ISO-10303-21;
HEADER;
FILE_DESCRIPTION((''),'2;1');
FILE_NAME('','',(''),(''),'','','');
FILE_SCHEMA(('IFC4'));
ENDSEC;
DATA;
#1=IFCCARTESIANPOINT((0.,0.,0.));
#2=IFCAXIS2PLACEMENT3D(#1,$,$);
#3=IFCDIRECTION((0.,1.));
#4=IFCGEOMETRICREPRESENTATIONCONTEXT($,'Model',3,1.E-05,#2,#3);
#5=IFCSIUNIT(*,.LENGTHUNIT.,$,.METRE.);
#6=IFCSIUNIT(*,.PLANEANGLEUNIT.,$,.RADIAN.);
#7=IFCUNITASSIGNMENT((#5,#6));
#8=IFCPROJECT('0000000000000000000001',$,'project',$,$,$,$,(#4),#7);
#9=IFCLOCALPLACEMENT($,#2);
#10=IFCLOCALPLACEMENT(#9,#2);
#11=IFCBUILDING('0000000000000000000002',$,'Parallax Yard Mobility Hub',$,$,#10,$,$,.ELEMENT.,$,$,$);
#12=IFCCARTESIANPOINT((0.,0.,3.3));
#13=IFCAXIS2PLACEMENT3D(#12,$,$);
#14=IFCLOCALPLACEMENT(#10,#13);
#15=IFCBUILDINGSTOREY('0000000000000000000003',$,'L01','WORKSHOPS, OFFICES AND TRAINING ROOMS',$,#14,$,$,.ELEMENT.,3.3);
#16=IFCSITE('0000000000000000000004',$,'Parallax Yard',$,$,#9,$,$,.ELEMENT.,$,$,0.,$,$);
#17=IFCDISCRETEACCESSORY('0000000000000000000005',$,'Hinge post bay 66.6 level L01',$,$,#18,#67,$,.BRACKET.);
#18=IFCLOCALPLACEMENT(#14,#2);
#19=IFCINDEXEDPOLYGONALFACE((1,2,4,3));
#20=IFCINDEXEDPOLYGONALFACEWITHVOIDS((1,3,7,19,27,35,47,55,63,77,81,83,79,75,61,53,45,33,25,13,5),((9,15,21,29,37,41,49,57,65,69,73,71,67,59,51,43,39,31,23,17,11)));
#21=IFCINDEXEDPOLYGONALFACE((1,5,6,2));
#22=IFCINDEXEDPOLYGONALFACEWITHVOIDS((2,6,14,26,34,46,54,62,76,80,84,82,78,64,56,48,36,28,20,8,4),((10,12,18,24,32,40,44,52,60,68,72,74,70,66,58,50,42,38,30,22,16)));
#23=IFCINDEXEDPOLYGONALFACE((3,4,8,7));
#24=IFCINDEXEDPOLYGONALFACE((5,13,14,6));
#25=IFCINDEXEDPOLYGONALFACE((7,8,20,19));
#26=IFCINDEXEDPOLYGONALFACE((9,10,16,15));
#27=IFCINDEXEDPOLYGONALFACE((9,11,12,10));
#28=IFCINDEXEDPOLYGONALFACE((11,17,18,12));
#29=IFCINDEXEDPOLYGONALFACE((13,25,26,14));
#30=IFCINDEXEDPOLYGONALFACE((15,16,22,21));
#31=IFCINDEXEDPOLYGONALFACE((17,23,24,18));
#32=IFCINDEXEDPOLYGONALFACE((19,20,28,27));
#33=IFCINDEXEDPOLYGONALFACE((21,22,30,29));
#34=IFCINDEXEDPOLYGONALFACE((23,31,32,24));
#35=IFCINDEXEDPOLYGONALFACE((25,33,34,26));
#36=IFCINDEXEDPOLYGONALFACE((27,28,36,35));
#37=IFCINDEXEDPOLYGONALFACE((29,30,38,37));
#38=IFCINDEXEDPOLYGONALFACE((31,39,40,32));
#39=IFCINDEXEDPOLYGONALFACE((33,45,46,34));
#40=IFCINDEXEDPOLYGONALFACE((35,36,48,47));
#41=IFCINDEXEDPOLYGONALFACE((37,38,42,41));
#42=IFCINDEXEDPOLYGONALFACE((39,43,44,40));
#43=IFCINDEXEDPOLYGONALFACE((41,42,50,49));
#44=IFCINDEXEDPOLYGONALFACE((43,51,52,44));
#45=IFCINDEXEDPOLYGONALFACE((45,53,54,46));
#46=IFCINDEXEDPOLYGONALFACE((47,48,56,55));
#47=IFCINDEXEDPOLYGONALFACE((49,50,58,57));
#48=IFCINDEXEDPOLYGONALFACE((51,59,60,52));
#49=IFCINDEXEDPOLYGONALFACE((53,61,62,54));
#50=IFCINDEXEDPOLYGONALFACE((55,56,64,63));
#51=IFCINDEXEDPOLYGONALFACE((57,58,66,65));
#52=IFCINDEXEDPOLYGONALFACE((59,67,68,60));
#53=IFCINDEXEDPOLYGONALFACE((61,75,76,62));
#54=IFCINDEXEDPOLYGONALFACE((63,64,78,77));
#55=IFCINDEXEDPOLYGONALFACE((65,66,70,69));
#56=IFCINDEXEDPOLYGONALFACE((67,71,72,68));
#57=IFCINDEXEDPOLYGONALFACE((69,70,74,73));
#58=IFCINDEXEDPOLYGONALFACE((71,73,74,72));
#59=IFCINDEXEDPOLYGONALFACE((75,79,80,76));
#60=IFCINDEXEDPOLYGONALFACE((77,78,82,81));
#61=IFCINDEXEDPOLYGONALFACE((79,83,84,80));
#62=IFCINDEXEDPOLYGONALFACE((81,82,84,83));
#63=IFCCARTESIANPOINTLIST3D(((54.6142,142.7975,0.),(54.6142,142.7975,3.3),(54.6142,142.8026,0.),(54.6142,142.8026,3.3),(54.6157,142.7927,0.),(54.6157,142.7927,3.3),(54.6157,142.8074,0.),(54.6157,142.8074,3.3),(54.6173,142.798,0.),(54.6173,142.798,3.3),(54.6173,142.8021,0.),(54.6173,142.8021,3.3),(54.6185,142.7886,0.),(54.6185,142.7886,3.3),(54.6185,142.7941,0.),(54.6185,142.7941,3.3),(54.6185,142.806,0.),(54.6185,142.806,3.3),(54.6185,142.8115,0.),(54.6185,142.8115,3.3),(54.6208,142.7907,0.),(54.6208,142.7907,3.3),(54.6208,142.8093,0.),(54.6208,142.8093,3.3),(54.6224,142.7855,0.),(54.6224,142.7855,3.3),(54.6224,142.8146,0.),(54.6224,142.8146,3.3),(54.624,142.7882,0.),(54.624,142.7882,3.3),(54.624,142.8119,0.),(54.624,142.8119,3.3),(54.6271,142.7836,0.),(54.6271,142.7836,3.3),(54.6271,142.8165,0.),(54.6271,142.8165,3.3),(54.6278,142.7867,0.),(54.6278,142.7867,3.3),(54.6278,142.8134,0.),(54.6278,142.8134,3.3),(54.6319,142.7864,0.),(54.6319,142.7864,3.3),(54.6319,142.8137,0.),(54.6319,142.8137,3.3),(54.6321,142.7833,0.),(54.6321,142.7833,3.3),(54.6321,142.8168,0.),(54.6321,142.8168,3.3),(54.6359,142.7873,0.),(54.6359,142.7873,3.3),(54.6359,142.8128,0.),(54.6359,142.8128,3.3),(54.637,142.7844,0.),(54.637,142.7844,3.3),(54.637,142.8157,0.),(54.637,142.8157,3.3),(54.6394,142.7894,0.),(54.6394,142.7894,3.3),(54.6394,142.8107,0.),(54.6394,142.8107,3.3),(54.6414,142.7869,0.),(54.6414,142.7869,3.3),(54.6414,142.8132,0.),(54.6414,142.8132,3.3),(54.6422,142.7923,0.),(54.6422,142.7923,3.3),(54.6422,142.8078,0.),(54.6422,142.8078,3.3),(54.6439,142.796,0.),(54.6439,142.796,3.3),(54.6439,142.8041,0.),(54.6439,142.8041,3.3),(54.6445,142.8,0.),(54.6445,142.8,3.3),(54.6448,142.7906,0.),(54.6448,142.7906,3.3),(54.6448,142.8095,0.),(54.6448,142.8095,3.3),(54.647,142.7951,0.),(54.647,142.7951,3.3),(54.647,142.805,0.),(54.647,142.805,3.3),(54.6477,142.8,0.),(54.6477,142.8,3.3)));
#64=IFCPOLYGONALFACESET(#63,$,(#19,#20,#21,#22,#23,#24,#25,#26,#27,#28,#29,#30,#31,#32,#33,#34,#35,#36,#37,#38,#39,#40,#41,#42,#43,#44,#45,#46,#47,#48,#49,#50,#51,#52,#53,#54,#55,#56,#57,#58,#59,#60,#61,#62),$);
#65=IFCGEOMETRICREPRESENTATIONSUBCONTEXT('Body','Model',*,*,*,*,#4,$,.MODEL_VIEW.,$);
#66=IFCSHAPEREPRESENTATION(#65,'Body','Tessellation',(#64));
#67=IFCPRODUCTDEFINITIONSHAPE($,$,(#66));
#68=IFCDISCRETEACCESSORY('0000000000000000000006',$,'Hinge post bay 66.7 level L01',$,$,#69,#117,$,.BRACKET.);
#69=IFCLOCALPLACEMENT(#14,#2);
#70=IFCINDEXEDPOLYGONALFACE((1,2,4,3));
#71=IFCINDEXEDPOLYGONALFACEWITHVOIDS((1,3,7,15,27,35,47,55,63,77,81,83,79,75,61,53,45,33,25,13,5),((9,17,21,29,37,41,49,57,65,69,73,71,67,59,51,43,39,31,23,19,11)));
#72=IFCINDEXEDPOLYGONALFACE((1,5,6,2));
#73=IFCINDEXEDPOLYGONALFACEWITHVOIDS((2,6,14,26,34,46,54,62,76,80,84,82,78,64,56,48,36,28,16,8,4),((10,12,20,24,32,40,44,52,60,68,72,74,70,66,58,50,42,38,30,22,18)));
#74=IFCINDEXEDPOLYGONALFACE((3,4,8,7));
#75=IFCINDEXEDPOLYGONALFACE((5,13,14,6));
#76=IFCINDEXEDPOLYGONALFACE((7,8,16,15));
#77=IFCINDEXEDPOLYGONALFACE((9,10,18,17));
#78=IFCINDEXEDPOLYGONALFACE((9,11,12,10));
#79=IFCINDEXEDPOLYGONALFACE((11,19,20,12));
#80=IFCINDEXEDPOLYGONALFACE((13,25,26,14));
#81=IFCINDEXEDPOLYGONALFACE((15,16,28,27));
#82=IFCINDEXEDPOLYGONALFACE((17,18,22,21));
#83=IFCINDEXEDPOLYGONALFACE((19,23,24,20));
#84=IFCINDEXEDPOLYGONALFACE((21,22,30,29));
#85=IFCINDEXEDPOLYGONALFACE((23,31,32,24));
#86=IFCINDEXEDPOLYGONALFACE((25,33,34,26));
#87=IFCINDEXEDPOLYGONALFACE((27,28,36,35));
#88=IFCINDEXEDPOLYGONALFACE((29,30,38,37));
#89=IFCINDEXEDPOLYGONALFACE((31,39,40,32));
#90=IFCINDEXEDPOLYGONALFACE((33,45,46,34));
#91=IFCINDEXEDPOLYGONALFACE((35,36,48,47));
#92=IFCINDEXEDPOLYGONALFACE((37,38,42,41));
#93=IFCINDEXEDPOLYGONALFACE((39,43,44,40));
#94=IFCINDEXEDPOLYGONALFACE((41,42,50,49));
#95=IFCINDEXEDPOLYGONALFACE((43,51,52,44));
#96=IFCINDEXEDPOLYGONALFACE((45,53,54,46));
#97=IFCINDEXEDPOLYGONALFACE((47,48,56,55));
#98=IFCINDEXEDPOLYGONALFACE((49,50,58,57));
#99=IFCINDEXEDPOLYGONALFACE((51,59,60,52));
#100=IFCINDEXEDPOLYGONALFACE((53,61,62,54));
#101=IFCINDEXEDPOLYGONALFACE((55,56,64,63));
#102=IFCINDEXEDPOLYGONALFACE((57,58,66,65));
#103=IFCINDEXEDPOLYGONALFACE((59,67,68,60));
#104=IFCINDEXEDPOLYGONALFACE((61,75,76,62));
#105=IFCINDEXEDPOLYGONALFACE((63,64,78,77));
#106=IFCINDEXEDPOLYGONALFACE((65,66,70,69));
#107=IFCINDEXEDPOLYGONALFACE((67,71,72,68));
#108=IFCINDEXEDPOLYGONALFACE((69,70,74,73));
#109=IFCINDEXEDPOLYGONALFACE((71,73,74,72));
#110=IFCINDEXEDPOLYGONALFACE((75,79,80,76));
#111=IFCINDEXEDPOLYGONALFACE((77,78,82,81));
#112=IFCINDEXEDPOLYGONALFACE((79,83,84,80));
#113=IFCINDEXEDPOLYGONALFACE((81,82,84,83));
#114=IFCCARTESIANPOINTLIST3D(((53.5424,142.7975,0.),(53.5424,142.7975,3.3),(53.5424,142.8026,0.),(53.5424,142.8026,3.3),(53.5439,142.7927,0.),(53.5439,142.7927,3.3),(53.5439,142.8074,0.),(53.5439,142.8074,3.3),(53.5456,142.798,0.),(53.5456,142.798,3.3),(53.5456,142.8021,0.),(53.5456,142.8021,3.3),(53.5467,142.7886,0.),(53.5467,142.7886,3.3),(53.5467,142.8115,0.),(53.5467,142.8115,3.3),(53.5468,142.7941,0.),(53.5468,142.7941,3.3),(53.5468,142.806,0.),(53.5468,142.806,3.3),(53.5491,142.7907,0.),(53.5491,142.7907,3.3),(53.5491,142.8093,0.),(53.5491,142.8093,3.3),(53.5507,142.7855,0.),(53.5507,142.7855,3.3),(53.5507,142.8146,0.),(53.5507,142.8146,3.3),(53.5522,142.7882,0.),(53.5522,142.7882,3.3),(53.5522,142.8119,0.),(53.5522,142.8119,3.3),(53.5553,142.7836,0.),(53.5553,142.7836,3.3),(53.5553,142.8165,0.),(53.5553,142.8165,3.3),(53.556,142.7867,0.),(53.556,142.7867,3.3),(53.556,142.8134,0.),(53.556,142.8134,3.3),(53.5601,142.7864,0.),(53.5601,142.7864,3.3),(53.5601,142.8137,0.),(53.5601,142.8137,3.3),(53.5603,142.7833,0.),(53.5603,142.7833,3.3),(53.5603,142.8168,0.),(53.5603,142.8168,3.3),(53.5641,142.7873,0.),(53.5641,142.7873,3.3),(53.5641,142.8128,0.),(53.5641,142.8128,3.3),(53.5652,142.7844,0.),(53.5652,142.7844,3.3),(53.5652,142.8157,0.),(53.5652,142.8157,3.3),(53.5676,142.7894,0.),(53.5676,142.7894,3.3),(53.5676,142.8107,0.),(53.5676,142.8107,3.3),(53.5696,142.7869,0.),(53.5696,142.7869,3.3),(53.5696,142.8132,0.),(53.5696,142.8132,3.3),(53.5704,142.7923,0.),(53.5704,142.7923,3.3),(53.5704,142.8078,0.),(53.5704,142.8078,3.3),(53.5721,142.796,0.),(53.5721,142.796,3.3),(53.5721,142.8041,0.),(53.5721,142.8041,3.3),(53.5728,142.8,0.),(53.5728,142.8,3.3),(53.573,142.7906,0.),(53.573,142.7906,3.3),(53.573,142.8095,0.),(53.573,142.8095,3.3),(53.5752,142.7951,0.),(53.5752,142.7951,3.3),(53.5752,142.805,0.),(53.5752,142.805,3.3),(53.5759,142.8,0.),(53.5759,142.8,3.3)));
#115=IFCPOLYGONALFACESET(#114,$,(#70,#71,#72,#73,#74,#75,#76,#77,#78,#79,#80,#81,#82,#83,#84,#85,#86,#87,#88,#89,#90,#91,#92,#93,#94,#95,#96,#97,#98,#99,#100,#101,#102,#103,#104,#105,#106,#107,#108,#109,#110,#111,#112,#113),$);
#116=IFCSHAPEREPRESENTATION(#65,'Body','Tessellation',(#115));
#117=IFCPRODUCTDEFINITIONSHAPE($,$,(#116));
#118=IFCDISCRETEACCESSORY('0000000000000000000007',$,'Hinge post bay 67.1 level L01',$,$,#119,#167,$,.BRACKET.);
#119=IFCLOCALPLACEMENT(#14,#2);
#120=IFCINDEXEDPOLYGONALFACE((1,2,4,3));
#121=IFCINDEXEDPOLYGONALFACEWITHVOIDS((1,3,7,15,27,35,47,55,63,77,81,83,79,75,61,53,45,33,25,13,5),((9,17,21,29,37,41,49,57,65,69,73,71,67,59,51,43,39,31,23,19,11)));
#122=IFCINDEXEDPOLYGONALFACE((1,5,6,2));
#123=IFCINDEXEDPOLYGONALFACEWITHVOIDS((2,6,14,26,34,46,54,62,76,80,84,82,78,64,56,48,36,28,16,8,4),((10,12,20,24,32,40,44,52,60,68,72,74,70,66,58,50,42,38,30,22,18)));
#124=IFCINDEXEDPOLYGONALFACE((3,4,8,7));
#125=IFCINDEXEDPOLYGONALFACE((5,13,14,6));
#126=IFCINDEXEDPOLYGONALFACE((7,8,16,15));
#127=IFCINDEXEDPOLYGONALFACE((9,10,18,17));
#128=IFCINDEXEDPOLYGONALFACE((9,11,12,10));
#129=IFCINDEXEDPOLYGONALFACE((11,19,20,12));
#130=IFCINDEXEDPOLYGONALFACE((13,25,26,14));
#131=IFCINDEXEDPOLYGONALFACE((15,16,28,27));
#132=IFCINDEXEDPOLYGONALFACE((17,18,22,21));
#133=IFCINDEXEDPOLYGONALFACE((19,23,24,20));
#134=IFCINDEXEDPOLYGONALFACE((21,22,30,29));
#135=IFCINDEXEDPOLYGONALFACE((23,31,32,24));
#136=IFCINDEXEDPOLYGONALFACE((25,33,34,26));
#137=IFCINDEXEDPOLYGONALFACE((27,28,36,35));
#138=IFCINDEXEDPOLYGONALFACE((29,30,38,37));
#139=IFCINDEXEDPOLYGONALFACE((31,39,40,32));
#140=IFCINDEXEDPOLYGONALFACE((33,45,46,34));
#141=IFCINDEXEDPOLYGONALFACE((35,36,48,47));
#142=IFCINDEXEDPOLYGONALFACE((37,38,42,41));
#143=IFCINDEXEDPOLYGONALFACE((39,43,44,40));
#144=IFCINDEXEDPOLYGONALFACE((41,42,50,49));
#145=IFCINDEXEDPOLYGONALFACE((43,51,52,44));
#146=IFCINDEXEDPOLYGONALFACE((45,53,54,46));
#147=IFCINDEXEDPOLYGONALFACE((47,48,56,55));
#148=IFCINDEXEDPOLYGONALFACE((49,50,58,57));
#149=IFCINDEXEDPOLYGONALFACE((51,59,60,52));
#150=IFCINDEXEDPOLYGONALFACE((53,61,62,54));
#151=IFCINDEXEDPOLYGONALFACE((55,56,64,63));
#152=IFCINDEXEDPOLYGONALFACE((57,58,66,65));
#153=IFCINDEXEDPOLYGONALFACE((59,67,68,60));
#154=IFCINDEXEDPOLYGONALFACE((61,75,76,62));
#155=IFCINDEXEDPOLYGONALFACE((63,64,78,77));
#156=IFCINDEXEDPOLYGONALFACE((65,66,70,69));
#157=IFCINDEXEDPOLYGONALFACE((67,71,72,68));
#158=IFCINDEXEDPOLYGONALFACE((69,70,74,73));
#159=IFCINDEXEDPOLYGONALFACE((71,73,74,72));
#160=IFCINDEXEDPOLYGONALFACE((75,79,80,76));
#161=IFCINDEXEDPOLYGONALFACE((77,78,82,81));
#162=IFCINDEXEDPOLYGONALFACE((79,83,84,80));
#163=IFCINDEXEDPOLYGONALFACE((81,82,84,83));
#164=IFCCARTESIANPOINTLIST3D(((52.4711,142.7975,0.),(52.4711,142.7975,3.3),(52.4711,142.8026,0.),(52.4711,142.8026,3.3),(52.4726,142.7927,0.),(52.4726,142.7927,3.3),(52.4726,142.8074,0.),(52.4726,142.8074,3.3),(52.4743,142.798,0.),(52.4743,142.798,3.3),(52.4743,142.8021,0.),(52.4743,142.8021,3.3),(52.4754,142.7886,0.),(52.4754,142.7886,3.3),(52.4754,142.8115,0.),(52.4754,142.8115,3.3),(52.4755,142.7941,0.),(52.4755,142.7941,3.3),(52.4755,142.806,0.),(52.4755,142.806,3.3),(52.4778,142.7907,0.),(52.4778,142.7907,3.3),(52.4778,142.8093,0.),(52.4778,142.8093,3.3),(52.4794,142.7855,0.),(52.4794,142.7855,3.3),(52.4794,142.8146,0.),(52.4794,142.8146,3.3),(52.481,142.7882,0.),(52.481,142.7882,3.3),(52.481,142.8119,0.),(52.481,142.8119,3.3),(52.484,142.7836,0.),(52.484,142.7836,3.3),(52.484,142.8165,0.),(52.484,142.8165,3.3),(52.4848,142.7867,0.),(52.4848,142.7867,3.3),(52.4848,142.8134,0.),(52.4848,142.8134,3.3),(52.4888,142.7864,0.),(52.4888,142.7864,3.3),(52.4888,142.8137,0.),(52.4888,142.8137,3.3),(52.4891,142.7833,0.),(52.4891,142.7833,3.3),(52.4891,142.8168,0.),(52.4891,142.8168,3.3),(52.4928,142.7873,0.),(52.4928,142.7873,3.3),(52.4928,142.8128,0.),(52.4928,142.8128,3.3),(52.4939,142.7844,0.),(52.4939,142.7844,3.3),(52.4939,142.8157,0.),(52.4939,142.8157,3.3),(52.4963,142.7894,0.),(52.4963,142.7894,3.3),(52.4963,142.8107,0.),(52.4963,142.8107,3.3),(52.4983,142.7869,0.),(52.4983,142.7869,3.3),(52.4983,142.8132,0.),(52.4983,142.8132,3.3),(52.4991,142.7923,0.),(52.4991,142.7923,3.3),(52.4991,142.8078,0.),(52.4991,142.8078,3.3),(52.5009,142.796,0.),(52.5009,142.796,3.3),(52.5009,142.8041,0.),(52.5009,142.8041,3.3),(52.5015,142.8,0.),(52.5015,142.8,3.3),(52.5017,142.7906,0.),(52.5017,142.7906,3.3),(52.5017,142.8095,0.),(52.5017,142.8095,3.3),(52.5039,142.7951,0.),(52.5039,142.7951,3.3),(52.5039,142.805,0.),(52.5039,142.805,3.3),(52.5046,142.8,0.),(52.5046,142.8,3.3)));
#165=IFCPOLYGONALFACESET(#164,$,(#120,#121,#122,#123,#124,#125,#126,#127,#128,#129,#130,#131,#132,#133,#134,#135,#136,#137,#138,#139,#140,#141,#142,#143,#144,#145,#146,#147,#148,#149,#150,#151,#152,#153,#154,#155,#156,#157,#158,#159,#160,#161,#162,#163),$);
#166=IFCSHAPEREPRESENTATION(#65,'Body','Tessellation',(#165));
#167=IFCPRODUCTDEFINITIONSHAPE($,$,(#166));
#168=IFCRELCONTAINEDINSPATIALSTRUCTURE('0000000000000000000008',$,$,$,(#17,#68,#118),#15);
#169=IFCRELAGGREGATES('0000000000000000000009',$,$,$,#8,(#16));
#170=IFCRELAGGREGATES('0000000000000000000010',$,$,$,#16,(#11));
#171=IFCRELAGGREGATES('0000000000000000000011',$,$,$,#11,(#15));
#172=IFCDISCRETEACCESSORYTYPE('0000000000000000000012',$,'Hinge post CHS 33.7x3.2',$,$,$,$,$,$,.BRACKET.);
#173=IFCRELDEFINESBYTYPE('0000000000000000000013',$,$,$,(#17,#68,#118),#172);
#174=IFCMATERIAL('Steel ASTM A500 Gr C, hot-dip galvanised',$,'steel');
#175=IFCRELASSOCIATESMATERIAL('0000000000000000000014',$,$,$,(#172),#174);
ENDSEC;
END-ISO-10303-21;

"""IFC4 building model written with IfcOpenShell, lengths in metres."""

from ifc_helpers import new_model, si_unit, direction, frame, origin, origin_2d, place, context, subcontext, project, spatial, hollow_circle, extrude, material, material_profile, profile_set, type_object, element, save


model = new_model("IFC4")

# Units and contexts
model_context = context("Model", 3, precision=1e-05, world=origin(), true_north=direction((0.0, 1.0)))
body_context = subcontext(model_context, "Body", "Model", "MODEL_VIEW")
ifc_project = project(units=[si_unit("LENGTHUNIT", "METRE"), si_unit("PLANEANGLEUNIT", "RADIAN")], contexts=[model_context])

# Site, building, storey
site_placement = place(None, origin())
site = spatial("IfcSite", under=ifc_project, at=site_placement, Name="Parallax Yard", CompositionType="ELEMENT", RefElevation=0.0)
building_placement = place(site_placement, origin())
building = spatial("IfcBuilding", under=site, at=building_placement, Name="Parallax Yard Mobility Hub", CompositionType="ELEMENT")
storey_placement = place(building_placement, frame((0.0, 0.0, 3.3)))
storey = spatial("IfcBuildingStorey", under=building, at=storey_placement, Name="L01", Description="WORKSHOPS, OFFICES AND TRAINING ROOMS", CompositionType="ELEMENT", Elevation=3.3)

# Discrete accessories
ifc_material_1 = material(Name="Steel ASTM A500 Gr C, hot-dip galvanised", Category="steel")
ifc_material_profile = material_profile(ifc_material_1, hollow_circle(Radius=0.0168, WallThickness=0.0032, at=origin_2d()), Name="CHS 33.7x3.2")
ifc_profile_set = profile_set([ifc_material_profile], Name="Steel ASTM A500 Gr C, hot-dip galvanised")
discrete_accessory_type_1 = type_object("IfcDiscreteAccessoryType", Name="Hinge post CHS 33.7x3.2", PredefinedType="BRACKET", material=ifc_profile_set)
for number, where, z_axis, x_axis, name in (
    (1, (54.6309, 142.8, 0.0), (0.0, 0.0, 1.0), (1.0, 0.0, 0.0), "Hinge post bay 66.6 level L01"),
    (2, (53.5591, 142.8, 0.0), (0.0, 0.0, 1.0), (1.0, 0.0, 0.0), "Hinge post bay 66.7 level L01"),
    (3, (52.4878, 142.8, 0.0), (0.0, 0.0, 1.0), (1.0, 0.0, 0.0), "Hinge post bay 67.1 level L01"),
):
    element("IfcDiscreteAccessory", number, at=place(storey_placement, frame(where, z_axis=z_axis, x_axis=x_axis)), inside=storey, type_object=discrete_accessory_type_1, Name=name, PredefinedType="BRACKET", context=body_context, shape_type="SweptSolid", body=[
        extrude(hollow_circle(Radius=0.0168, WallThickness=0.0032, at=origin_2d()), origin(), (0.0, 0.0, 1.0), 3.3),
    ])

save(model, "model.ifc")
